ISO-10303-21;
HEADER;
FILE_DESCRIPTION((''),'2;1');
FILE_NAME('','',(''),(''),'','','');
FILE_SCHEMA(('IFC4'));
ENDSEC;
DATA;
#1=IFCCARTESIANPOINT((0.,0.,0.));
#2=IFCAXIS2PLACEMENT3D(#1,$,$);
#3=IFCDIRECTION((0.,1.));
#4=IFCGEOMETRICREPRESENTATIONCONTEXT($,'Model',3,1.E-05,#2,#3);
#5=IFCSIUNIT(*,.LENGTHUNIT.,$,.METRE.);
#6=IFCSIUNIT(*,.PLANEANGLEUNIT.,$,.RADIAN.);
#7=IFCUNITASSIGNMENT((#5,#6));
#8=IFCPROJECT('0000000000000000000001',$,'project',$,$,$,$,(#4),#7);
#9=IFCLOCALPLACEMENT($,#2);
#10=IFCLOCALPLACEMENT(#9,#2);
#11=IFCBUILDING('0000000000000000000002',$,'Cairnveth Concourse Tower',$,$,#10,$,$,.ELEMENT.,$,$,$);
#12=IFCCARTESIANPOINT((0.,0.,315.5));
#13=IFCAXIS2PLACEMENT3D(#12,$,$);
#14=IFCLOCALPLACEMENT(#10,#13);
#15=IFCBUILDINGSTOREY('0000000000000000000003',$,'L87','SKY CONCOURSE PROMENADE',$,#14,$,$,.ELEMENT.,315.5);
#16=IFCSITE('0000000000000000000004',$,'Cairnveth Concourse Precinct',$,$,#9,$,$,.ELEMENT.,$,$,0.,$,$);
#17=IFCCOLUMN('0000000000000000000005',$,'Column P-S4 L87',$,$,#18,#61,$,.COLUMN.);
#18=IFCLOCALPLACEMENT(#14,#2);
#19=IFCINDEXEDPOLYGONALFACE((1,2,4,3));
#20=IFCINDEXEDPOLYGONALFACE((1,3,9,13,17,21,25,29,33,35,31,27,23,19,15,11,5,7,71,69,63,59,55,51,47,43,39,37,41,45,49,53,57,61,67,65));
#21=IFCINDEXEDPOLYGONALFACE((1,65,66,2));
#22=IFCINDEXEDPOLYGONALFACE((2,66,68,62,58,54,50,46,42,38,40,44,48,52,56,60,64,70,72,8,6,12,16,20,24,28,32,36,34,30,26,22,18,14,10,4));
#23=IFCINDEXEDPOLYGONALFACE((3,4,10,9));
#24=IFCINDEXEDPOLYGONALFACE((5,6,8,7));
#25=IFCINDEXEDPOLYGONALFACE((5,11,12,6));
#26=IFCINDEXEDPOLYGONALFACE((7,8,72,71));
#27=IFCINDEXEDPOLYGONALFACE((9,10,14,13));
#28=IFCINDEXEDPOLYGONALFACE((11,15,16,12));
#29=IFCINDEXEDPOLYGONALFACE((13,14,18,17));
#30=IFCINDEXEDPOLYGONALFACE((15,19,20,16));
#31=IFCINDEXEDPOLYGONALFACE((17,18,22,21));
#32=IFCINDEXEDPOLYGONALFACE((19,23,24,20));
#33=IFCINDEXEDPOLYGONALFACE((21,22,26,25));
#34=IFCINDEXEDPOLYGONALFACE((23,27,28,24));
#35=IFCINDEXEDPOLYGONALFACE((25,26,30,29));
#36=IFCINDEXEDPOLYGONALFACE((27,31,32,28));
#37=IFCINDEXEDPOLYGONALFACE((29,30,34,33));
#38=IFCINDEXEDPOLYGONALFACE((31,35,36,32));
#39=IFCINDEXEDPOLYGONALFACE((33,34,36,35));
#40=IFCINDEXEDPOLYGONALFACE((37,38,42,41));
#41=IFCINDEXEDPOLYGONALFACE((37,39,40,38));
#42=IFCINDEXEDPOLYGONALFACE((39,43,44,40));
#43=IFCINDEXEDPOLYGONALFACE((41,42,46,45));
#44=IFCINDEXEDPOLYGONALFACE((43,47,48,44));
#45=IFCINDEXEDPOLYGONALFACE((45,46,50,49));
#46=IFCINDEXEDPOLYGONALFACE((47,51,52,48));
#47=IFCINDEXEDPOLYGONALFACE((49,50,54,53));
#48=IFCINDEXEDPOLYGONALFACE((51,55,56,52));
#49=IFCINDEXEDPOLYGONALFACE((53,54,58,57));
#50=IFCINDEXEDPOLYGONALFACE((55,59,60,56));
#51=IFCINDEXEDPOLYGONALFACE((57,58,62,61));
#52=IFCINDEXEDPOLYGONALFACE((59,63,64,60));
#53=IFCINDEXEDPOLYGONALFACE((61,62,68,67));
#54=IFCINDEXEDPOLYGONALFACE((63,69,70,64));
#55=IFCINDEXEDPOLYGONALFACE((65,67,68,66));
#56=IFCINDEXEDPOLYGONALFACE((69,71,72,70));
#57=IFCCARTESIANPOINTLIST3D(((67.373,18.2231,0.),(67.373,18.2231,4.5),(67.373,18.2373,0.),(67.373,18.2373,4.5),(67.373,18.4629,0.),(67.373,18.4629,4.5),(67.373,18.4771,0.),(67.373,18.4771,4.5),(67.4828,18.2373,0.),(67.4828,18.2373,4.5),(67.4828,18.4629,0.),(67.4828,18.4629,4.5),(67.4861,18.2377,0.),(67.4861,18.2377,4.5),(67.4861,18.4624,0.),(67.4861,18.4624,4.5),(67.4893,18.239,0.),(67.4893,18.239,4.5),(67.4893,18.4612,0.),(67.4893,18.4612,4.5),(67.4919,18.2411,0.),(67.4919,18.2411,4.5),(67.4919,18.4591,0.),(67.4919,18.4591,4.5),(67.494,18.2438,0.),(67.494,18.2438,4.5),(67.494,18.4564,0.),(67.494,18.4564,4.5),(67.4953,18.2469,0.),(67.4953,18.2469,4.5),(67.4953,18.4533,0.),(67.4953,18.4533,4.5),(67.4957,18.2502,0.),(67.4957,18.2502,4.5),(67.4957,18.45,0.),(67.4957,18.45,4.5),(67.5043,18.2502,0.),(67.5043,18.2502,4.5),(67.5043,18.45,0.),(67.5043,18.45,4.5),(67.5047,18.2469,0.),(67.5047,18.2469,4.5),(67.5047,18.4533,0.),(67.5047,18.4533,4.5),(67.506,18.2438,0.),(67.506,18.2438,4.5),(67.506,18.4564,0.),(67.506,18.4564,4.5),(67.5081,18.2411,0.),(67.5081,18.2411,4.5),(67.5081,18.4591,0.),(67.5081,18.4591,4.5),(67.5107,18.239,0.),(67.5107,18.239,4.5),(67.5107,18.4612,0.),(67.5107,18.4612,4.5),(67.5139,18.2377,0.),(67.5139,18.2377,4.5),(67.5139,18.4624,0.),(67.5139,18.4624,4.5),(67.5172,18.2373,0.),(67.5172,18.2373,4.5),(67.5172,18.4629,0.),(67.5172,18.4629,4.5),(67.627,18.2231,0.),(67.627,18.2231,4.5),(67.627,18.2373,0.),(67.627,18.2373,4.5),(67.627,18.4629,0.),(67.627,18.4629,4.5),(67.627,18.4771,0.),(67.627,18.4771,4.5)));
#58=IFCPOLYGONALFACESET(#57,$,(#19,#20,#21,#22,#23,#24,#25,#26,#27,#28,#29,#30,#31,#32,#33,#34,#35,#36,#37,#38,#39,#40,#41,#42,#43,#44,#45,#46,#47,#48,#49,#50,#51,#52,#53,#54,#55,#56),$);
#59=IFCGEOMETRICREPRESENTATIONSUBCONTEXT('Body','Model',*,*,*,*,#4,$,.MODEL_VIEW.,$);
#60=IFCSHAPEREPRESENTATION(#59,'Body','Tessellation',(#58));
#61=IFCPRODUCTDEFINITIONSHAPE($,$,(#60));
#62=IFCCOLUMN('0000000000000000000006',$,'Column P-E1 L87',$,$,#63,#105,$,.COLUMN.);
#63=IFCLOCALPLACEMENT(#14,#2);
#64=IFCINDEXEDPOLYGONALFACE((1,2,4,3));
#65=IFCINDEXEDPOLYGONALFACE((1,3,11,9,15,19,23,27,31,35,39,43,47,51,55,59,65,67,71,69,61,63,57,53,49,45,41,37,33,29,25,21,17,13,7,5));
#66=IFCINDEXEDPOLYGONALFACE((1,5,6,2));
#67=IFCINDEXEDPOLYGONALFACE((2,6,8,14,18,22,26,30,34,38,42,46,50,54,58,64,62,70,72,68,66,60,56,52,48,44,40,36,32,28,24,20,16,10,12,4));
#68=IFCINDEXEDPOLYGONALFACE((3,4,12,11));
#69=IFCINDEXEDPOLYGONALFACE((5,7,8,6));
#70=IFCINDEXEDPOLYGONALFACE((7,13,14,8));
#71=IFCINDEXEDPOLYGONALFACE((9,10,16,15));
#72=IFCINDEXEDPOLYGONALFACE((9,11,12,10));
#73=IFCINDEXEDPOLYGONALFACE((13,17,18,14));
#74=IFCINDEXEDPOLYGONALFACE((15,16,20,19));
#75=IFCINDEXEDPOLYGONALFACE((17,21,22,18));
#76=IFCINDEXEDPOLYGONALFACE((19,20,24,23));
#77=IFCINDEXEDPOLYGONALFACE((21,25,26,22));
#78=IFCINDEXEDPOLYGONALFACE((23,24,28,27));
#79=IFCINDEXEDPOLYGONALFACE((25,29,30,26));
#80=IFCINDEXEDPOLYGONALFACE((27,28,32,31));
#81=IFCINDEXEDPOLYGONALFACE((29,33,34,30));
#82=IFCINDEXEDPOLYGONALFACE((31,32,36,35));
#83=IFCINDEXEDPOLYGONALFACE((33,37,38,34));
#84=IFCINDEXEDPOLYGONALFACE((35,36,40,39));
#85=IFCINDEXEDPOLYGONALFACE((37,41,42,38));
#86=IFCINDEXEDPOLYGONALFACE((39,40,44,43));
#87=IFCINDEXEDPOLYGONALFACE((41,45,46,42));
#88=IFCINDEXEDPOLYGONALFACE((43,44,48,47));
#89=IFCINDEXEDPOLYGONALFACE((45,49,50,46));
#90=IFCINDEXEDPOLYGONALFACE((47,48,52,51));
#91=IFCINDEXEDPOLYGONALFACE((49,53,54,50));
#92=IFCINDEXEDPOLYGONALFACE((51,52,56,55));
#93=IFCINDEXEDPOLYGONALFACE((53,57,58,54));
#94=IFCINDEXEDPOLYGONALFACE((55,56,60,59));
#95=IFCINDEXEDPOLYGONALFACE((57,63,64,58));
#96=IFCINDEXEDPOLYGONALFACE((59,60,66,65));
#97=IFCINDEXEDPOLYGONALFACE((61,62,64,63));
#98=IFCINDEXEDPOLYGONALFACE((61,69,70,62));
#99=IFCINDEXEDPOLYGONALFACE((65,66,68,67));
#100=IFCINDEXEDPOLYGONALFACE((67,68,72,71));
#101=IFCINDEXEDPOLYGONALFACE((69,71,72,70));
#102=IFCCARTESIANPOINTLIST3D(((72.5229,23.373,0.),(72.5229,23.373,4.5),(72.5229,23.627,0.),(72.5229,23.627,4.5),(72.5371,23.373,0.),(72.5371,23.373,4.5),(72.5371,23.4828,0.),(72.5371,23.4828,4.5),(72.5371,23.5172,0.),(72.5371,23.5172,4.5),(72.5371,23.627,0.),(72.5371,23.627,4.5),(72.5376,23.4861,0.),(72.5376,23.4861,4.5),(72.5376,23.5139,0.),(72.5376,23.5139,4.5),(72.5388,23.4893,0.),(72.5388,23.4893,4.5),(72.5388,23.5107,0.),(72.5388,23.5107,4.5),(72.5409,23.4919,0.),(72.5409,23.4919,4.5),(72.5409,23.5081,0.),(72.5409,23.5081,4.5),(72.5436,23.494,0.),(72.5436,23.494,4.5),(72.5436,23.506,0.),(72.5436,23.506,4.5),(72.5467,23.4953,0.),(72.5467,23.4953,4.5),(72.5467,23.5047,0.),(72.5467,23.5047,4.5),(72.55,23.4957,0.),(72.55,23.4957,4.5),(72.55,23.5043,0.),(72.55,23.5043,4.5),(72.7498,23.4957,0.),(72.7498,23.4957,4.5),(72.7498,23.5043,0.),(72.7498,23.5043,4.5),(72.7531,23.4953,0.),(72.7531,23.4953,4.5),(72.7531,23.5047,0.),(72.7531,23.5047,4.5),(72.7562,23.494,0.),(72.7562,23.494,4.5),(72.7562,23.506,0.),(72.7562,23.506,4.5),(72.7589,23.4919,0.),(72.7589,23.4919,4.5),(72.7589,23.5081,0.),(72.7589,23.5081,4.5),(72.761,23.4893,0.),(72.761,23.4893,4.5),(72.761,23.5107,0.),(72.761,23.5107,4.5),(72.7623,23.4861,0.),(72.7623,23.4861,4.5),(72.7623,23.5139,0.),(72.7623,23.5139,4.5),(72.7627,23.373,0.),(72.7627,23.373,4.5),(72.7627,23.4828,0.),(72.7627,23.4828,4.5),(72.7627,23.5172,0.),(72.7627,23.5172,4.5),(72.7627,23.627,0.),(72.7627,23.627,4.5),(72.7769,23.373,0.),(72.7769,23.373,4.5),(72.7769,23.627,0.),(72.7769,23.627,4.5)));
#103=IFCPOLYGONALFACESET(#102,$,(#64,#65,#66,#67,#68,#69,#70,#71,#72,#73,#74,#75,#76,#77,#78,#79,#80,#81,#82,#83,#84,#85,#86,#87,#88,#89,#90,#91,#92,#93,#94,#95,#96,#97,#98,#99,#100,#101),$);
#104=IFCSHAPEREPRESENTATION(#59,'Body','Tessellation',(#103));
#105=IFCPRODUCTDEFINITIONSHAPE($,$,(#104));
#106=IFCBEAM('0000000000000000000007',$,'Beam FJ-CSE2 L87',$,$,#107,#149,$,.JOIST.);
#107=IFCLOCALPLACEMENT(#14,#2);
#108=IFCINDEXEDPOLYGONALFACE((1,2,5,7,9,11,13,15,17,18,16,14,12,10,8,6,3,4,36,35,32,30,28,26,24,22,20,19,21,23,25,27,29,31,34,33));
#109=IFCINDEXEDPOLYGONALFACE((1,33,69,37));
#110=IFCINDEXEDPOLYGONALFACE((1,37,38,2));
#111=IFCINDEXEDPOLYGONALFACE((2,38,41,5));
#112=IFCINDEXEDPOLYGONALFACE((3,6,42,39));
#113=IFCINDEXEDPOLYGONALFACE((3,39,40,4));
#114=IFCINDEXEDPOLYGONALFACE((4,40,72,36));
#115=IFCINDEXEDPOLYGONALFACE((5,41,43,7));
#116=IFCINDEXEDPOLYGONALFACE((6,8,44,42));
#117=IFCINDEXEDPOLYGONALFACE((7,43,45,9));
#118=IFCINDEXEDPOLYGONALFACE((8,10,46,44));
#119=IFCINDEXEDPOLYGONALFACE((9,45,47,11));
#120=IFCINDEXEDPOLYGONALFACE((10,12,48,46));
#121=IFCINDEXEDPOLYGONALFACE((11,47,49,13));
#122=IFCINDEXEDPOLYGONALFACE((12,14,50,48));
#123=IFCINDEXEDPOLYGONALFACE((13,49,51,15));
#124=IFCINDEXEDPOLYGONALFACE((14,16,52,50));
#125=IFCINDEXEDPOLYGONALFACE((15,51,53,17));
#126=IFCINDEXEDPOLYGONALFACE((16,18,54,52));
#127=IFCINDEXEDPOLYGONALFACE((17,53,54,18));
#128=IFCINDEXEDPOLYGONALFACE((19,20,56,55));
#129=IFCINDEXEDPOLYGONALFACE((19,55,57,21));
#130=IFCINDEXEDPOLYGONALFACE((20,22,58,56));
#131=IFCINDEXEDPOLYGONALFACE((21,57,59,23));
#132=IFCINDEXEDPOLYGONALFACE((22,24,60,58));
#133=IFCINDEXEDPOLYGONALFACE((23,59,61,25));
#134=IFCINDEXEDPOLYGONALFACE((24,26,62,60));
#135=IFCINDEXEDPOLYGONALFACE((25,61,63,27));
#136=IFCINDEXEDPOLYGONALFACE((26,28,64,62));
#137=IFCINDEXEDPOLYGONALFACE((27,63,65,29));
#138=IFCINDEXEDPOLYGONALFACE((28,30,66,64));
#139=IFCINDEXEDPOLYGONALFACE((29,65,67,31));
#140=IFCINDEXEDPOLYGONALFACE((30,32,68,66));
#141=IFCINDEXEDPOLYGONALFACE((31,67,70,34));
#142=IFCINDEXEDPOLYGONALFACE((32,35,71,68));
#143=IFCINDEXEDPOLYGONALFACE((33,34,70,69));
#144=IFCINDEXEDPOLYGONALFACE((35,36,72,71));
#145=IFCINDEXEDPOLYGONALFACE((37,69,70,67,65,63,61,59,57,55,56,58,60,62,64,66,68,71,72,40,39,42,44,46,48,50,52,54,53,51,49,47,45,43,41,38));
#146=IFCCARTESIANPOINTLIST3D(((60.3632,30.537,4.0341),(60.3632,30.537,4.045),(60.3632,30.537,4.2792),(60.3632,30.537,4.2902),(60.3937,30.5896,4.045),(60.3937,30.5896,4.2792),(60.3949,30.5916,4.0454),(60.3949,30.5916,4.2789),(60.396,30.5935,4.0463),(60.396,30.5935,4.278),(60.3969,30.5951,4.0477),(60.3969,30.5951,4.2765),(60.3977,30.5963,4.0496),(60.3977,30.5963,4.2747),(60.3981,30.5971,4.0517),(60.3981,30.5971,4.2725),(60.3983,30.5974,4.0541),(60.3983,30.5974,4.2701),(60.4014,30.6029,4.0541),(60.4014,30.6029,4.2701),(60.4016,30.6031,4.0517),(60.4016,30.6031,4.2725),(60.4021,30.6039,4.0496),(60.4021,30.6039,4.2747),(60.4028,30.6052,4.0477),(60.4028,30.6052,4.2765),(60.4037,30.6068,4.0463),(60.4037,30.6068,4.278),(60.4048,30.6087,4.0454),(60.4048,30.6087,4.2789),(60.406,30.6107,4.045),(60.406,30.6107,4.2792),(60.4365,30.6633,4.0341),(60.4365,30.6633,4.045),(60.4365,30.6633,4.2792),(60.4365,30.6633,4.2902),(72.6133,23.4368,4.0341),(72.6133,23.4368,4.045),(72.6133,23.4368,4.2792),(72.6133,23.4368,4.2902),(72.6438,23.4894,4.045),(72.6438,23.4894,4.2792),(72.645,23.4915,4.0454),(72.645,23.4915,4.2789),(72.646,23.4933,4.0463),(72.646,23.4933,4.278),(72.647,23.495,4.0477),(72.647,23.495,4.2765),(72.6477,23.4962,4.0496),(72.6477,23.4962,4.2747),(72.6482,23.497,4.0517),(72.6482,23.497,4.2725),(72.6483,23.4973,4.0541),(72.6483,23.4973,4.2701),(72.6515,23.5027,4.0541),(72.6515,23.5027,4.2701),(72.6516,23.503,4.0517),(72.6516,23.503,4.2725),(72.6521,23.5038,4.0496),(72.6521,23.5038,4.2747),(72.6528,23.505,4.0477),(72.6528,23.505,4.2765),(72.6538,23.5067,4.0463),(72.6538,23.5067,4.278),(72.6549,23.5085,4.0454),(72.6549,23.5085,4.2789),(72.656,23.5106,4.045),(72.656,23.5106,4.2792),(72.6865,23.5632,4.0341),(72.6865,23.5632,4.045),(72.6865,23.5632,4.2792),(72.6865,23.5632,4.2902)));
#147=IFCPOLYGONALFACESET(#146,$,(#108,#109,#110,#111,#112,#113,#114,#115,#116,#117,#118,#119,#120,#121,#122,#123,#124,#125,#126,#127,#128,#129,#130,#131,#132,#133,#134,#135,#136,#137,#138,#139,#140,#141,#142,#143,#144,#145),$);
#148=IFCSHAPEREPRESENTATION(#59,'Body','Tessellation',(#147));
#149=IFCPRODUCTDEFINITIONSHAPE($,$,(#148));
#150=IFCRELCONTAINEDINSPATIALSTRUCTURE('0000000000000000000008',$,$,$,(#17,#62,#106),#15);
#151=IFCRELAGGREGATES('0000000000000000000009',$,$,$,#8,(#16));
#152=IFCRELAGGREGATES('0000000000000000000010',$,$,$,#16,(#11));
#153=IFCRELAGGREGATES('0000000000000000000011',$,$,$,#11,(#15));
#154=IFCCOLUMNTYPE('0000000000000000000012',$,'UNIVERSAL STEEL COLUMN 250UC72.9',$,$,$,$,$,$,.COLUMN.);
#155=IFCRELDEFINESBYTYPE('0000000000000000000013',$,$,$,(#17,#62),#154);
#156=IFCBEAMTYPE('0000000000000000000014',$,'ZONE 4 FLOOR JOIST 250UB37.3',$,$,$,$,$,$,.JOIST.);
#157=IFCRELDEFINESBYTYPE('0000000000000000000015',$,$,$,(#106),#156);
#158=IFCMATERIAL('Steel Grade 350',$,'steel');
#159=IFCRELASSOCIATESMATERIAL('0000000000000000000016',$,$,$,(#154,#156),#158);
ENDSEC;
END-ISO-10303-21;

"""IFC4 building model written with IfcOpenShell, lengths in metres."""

from ifc_helpers import new_model, si_unit, direction, frame, origin, origin_2d, place, context, subcontext, project, spatial, i_section, extrude, material, material_profile, profile_set, type_object, element, save


model = new_model("IFC4")

# Units and contexts
model_context = context("Model", 3, precision=1e-05, world=origin(), true_north=direction((0.0, 1.0)))
body_context = subcontext(model_context, "Body", "Model", "MODEL_VIEW")
ifc_project = project(units=[si_unit("LENGTHUNIT", "METRE"), si_unit("PLANEANGLEUNIT", "RADIAN")], contexts=[model_context])

# Site, building, storey
site_placement = place(None, origin())
site = spatial("IfcSite", under=ifc_project, at=site_placement, Name="Cairnveth Concourse Precinct", CompositionType="ELEMENT", RefElevation=0.0)
building_placement = place(site_placement, origin())
building = spatial("IfcBuilding", under=site, at=building_placement, Name="Cairnveth Concourse Tower", CompositionType="ELEMENT")
storey_placement = place(building_placement, frame((0.0, 0.0, 315.5)))
storey = spatial("IfcBuildingStorey", under=building, at=storey_placement, Name="L87", Description="SKY CONCOURSE PROMENADE", CompositionType="ELEMENT", Elevation=315.5)

# Columns
ifc_material_1 = material(Name="Steel Grade 350", Category="steel")
ifc_material_profile_1 = material_profile(ifc_material_1, i_section(OverallWidth=0.2539, OverallDepth=0.2539, WebThickness=0.0085, FlangeThickness=0.0142, FilletRadius=0.0129, at=origin_2d()), Name="250UC72.9")
ifc_profile_set_1 = profile_set([ifc_material_profile_1], Name="Steel Grade 350")
column_type = type_object("IfcColumnType", Name="UNIVERSAL STEEL COLUMN 250UC72.9", PredefinedType="COLUMN", material=ifc_profile_set_1)
for number, where, z_axis, x_axis, name in (
    (1, (67.5, 18.3501, 0.0), (0.0, 0.0, 1.0), (1.0, 0.0, 0.0), "Column P-S4 L87"),
    (2, (72.6499, 23.5, 0.0), (0.0, 0.0, 1.0), (0.0, 1.0, 0.0), "Column P-E1 L87"),
):
    element("IfcColumn", number, at=place(storey_placement, frame(where, z_axis=z_axis, x_axis=x_axis)), inside=storey, type_object=column_type, Name=name, PredefinedType="COLUMN", context=body_context, shape_type="SweptSolid", body=[
        extrude(i_section(OverallWidth=0.2539, OverallDepth=0.2539, WebThickness=0.0085, FlangeThickness=0.0142, FilletRadius=0.0129, at=origin_2d()), origin(), (0.0, 0.0, 1.0), 4.5),
    ])

# Beam
ifc_material_profile_2 = material_profile(ifc_material_1, i_section(OverallWidth=0.146, OverallDepth=0.2561, WebThickness=0.0063, FlangeThickness=0.011, FilletRadius=0.009, at=origin_2d()), Name="250UB37.3")
ifc_profile_set_2 = profile_set([ifc_material_profile_2], Name="Steel Grade 350")
beam_type_1 = type_object("IfcBeamType", Name="ZONE 4 FLOOR JOIST 250UB37.3", PredefinedType="JOIST", material=ifc_profile_set_2)
beam_1_placement = place(storey_placement, frame((72.6499, 23.5, 4.1621), z_axis=(-0.865181, 0.501459, 0.0), x_axis=(-0.501459, -0.865181, 0.0)))
element("IfcBeam", 3, at=beam_1_placement, inside=storey, type_object=beam_type_1, Name="Beam FJ-CSE2 L87", PredefinedType="JOIST", context=body_context, shape_type="SweptSolid", body=[
    extrude(i_section(OverallWidth=0.146, OverallDepth=0.2561, WebThickness=0.0063, FlangeThickness=0.011, FilletRadius=0.009, at=origin_2d()), origin(), (0.0, 0.0, 1.0), 14.1589),
])

save(model, "model.ifc")
